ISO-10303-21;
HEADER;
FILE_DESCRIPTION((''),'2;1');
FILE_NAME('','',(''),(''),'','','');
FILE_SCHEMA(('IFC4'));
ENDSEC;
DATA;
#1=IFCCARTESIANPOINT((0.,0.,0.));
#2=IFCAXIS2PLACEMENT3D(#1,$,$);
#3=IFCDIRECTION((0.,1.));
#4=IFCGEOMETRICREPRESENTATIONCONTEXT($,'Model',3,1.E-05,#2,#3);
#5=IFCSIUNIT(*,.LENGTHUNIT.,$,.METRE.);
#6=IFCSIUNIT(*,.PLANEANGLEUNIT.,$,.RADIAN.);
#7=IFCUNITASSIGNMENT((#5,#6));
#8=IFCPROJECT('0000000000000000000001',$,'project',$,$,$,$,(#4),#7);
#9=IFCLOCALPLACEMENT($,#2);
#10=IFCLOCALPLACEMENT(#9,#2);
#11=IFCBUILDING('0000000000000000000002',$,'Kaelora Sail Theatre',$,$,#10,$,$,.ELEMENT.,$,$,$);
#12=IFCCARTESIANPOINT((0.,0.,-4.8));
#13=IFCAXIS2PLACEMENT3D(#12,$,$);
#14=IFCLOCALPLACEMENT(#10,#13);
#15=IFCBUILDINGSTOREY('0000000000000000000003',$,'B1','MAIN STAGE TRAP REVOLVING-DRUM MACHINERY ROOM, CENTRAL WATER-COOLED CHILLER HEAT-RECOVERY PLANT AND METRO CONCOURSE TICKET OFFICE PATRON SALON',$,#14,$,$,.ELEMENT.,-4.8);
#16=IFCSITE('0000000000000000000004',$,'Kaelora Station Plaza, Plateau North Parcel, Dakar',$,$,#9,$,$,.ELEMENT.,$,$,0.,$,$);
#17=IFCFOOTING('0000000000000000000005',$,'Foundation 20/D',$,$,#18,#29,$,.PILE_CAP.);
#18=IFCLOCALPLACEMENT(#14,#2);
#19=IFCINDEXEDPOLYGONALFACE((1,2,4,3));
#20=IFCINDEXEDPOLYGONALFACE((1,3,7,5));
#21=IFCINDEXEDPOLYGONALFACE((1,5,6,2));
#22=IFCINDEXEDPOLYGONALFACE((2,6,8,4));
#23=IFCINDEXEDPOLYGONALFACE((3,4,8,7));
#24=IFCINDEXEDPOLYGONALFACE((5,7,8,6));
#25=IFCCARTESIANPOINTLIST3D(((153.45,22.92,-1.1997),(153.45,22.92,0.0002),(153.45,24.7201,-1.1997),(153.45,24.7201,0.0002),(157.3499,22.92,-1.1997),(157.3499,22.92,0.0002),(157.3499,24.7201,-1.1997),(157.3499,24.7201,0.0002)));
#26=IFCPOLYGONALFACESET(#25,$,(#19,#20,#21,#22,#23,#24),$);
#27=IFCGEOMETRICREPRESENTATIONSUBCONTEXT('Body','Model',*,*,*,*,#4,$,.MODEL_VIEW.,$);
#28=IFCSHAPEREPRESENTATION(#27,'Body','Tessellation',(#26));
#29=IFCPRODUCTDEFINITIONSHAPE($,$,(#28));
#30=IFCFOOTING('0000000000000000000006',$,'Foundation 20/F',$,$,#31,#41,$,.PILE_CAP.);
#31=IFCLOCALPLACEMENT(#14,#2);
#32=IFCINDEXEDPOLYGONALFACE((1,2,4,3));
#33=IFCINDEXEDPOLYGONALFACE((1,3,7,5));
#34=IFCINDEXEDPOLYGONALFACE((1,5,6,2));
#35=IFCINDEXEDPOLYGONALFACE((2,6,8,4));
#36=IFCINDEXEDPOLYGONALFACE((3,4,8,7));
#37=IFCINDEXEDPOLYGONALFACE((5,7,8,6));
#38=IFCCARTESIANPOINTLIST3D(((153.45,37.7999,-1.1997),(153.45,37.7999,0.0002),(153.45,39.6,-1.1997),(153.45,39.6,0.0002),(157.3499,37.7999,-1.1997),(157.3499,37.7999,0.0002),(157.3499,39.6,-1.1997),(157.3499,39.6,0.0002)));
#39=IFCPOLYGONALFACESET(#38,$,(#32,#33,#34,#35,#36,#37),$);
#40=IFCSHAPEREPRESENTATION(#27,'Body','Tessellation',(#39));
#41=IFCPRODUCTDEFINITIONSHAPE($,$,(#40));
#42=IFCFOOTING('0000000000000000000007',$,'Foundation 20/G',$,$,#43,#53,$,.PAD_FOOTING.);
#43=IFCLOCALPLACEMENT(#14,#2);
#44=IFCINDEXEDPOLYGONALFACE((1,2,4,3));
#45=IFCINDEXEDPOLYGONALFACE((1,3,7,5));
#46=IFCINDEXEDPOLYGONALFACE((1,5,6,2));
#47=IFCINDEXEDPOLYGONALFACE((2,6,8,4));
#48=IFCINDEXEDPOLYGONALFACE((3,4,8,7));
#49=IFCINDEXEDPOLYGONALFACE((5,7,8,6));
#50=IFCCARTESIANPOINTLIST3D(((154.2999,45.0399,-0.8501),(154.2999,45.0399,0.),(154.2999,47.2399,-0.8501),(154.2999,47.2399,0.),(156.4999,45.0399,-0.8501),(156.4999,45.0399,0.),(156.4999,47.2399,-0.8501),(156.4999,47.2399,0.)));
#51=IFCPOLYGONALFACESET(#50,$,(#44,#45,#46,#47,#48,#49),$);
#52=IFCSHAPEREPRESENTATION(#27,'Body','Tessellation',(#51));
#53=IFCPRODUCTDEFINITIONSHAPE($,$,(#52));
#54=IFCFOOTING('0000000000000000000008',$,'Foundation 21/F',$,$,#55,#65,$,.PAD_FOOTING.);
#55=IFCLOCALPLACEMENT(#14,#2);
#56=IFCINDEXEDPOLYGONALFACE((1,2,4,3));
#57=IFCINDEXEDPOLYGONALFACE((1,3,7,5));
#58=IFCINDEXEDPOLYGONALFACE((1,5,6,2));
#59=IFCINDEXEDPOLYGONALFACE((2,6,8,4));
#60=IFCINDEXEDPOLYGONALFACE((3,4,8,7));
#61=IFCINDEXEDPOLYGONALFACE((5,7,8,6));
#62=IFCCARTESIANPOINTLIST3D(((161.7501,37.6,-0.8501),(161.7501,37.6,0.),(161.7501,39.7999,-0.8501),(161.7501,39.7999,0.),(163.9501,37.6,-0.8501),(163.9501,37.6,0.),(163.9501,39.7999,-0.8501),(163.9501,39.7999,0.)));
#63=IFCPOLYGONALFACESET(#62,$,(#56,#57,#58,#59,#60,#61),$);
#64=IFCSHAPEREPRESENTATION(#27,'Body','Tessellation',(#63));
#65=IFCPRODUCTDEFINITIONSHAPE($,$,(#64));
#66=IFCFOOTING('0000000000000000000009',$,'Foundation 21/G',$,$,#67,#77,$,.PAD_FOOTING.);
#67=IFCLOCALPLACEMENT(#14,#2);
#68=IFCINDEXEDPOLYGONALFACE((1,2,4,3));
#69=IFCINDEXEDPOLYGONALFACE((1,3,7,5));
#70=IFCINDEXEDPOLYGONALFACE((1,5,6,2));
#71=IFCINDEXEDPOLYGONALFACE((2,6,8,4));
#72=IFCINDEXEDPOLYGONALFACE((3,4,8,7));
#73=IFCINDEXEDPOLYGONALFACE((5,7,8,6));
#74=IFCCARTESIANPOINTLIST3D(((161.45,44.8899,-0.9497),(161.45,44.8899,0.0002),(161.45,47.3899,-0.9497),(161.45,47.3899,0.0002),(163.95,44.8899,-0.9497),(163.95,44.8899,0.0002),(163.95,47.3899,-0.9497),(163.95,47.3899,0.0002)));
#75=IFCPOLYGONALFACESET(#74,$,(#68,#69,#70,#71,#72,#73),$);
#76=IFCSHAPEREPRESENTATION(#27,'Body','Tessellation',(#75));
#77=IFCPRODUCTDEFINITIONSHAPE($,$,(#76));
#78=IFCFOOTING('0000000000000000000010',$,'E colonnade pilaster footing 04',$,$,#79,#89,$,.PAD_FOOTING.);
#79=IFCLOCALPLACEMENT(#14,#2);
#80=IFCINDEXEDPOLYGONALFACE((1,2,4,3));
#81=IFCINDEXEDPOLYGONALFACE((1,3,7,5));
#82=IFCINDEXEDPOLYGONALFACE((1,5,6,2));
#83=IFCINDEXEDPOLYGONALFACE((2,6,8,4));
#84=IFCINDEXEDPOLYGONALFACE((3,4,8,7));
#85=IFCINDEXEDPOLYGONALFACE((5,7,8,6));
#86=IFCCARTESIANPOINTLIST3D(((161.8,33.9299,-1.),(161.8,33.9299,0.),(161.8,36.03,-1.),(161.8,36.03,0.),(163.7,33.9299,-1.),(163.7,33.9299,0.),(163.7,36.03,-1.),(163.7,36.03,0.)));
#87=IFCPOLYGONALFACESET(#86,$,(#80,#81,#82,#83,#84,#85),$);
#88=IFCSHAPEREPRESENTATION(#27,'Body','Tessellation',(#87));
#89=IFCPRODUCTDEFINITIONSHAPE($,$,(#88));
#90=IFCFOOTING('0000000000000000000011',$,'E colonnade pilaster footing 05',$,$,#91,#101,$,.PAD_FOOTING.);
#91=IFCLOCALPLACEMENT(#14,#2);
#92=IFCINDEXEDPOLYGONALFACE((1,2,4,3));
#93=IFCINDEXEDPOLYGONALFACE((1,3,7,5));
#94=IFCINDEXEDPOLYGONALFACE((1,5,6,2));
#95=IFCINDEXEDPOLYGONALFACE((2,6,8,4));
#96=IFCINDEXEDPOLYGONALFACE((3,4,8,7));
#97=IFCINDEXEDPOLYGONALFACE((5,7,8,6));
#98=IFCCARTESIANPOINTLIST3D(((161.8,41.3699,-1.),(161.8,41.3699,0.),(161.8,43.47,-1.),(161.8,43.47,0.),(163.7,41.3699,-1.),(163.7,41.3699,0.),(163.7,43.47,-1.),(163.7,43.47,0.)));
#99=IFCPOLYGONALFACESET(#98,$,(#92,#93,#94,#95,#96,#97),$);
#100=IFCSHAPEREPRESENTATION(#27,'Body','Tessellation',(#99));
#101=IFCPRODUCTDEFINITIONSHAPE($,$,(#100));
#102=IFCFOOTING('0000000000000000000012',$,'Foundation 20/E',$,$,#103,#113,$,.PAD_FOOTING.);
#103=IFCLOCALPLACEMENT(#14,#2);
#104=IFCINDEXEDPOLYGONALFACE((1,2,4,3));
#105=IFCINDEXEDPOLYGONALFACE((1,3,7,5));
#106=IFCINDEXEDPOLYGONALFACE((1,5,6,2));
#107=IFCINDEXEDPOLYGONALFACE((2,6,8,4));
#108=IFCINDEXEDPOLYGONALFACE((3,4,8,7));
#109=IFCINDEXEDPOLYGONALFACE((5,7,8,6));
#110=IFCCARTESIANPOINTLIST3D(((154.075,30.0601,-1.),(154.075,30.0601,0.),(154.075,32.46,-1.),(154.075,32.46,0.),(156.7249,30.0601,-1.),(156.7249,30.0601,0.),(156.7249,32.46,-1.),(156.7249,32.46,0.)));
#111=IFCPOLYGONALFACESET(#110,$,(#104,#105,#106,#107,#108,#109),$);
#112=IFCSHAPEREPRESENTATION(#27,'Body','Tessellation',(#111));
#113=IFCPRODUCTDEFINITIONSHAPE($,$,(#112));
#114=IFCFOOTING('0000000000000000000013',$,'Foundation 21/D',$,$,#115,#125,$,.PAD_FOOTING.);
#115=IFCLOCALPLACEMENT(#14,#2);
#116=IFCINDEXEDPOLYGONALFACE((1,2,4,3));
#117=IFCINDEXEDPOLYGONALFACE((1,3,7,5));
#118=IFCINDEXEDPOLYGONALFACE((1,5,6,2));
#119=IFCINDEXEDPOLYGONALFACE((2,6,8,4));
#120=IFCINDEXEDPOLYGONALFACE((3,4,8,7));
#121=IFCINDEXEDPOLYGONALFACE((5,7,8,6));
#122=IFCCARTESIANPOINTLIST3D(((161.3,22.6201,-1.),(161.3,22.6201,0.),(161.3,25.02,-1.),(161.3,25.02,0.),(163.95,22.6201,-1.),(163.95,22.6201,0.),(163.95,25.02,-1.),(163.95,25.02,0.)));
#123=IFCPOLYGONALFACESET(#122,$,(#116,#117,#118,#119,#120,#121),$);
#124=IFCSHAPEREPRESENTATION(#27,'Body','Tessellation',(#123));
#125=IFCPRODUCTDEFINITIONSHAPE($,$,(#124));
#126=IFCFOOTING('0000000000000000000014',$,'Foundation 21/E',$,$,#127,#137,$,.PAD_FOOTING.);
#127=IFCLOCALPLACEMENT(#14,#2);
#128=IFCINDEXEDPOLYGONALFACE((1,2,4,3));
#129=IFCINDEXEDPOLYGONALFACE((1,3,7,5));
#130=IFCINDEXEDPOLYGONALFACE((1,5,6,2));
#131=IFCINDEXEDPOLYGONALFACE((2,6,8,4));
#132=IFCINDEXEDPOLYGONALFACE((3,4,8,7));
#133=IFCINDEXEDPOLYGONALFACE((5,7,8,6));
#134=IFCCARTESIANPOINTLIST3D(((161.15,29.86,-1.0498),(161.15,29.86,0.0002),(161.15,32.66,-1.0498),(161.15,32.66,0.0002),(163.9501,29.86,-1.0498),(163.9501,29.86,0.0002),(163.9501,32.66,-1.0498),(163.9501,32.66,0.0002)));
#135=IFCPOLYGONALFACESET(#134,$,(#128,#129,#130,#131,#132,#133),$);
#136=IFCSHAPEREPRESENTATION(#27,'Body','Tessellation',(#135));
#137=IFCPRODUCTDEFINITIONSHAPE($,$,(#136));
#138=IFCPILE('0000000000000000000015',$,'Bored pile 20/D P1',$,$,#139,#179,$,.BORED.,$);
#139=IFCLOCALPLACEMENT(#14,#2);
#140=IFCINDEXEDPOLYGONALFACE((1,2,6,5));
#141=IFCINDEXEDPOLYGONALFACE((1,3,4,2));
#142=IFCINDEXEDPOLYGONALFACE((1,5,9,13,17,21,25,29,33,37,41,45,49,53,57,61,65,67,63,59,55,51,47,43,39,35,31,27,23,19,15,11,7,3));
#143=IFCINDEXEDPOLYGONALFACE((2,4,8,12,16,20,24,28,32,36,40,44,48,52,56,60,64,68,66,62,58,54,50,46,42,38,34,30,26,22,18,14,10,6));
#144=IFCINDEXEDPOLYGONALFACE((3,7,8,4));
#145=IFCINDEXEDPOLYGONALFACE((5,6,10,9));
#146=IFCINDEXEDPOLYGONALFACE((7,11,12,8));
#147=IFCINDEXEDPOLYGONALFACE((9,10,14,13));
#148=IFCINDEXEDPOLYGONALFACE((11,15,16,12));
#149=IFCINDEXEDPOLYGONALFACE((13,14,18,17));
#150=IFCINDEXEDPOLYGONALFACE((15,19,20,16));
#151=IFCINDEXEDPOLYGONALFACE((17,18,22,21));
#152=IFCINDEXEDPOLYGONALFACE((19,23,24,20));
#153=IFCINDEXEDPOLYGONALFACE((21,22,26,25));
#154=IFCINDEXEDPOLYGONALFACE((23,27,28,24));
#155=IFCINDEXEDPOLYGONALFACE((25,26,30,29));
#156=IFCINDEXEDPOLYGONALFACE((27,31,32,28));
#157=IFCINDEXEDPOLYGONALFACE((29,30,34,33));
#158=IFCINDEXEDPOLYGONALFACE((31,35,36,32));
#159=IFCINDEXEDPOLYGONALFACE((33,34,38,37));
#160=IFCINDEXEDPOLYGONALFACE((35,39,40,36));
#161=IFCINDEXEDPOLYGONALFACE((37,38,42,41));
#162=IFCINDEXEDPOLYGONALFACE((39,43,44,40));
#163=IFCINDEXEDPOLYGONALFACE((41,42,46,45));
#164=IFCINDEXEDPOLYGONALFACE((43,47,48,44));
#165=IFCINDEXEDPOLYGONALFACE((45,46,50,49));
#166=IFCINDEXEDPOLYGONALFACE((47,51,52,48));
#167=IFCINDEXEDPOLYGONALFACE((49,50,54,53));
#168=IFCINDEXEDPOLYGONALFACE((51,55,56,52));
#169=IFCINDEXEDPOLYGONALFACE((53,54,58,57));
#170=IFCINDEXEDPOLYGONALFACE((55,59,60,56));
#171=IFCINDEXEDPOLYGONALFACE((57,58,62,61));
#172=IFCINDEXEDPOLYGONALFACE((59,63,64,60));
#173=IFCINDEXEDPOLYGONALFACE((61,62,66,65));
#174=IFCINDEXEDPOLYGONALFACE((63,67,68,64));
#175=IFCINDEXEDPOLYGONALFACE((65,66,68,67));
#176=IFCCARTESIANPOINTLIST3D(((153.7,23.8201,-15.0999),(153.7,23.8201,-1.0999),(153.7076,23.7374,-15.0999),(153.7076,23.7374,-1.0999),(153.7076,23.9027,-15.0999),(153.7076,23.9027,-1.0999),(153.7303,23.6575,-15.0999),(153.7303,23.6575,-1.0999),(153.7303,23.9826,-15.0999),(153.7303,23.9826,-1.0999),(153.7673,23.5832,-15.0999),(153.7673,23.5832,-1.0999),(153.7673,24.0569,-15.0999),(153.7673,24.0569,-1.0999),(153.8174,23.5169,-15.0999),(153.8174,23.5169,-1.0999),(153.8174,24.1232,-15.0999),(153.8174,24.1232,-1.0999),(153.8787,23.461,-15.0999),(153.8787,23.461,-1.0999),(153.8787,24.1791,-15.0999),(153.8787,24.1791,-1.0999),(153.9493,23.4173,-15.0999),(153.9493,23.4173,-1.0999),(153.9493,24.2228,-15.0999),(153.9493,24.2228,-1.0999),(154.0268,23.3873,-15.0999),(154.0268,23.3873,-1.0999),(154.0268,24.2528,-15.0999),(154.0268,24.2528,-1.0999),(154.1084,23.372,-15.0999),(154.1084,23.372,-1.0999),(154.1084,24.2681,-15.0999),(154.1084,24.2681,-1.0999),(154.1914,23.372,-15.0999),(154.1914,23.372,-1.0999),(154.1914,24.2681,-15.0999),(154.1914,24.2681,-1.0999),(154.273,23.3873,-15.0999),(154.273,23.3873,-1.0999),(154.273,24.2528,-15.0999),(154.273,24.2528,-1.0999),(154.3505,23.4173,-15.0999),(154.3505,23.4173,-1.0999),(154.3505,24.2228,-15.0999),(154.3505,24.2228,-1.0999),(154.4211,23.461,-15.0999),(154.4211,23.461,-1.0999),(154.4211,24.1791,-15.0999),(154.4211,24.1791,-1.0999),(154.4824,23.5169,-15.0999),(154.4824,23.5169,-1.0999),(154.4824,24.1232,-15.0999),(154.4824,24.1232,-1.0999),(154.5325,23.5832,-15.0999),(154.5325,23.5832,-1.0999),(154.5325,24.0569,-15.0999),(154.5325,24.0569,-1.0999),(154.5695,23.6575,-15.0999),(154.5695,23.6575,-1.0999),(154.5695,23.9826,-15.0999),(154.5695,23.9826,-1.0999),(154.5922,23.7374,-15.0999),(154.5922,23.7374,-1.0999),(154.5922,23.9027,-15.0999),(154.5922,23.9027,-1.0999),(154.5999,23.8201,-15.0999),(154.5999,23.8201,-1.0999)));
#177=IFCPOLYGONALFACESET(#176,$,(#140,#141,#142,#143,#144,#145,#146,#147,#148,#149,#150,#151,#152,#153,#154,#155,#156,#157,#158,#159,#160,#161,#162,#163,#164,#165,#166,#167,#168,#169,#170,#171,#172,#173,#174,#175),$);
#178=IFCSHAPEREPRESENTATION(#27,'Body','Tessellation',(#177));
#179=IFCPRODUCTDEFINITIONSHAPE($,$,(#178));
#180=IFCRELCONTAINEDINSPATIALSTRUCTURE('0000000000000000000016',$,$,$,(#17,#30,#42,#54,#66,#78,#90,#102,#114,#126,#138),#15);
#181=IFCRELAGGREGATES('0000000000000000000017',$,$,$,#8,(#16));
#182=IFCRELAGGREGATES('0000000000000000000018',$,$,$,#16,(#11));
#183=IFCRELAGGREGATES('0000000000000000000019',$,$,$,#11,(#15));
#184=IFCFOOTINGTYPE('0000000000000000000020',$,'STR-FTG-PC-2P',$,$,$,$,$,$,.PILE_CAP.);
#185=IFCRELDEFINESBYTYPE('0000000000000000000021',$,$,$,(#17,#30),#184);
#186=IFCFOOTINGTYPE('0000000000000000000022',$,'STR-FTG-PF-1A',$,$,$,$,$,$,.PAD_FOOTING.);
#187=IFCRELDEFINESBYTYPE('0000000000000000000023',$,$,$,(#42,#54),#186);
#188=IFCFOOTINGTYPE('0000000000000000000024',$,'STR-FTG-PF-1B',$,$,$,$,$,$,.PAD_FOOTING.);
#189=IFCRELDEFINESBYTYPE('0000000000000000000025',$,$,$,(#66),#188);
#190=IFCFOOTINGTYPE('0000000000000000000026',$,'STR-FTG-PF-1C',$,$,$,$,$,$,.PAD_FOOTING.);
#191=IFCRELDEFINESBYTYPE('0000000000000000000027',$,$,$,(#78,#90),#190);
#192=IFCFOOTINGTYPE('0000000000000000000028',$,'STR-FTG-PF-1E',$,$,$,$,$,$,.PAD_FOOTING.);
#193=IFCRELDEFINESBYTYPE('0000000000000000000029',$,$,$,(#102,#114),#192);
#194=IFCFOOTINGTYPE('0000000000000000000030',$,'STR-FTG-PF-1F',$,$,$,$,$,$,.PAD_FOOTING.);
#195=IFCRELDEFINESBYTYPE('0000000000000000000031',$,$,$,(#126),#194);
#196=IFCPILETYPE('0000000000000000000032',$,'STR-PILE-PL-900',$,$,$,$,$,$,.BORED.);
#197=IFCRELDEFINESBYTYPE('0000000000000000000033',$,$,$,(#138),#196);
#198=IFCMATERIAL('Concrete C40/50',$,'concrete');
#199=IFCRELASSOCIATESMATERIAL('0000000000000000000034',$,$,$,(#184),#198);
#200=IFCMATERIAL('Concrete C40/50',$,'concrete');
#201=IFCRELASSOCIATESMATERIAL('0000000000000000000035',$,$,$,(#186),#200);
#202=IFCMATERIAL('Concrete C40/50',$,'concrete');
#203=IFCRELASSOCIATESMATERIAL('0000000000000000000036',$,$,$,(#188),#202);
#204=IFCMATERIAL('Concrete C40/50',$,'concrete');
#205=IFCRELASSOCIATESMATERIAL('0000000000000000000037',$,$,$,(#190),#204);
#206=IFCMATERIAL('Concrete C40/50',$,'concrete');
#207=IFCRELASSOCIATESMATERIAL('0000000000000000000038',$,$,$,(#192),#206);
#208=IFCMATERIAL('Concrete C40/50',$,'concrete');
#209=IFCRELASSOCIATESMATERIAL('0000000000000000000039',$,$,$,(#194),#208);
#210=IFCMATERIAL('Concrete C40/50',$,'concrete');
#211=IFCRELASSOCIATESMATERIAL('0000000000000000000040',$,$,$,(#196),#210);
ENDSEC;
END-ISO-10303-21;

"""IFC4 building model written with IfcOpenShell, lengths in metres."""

from ifc_helpers import new_model, si_unit, direction, frame, origin, origin_2d, place, context, subcontext, project, spatial, rectangle, circle, extrude, material, material_profile, profile_set, type_object, element, save


model = new_model("IFC4")

# Units and contexts
model_context = context("Model", 3, precision=1e-05, world=origin(), true_north=direction((0.0, 1.0)))
body_context = subcontext(model_context, "Body", "Model", "MODEL_VIEW")
ifc_project = project(units=[si_unit("LENGTHUNIT", "METRE"), si_unit("PLANEANGLEUNIT", "RADIAN")], contexts=[model_context])

# Site, building, storey
site_placement = place(None, origin())
site = spatial("IfcSite", under=ifc_project, at=site_placement, Name="Kaelora Station Plaza, Plateau North Parcel, Dakar", CompositionType="ELEMENT", RefElevation=0.0)
building_placement = place(site_placement, origin())
building = spatial("IfcBuilding", under=site, at=building_placement, Name="Kaelora Sail Theatre", CompositionType="ELEMENT")
storey_placement = place(building_placement, frame((0.0, 0.0, -4.8)))
storey = spatial("IfcBuildingStorey", under=building, at=storey_placement, Name="B1", Description="MAIN STAGE TRAP REVOLVING-DRUM MACHINERY ROOM, CENTRAL WATER-COOLED CHILLER HEAT-RECOVERY PLANT AND METRO CONCOURSE TICKET OFFICE PATRON SALON", CompositionType="ELEMENT", Elevation=-4.8)

# Footings
ifc_material_1 = material(Name="Concrete C40/50", Category="concrete")
footing_type_1 = type_object("IfcFootingType", Name="STR-FTG-PC-2P", PredefinedType="PILE_CAP", material=ifc_material_1)
for number, where, z_axis, x_axis, name in (
    (1, (155.3999, 23.8201, -1.1997), (0.0, 0.0, 1.0), (1.0, 0.0, 0.0), "Foundation 20/D"),
    (2, (155.3999, 38.7, -1.1997), (0.0, 0.0, 1.0), (1.0, 0.0, 0.0), "Foundation 20/F"),
):
    element("IfcFooting", number, at=place(storey_placement, frame(where, z_axis=z_axis, x_axis=x_axis)), inside=storey, type_object=footing_type_1, Name=name, PredefinedType="PILE_CAP", context=body_context, shape_type="SweptSolid", body=[
        extrude(rectangle(XDim=3.8999, YDim=1.8, at=origin_2d()), origin(), (0.0, 0.0, 1.0), 1.2),
    ])
ifc_material_2 = material(Name="Concrete C40/50", Category="concrete")
footing_type_2 = type_object("IfcFootingType", Name="STR-FTG-PF-1A", PredefinedType="PAD_FOOTING", material=ifc_material_2)
for number, where, z_axis, x_axis, name in (
    (3, (155.3999, 46.1399, -0.8501), (0.0, 0.0, 1.0), (1.0, 0.0, 0.0), "Foundation 20/G"),
    (4, (162.8501, 38.7, -0.8501), (0.0, 0.0, 1.0), (1.0, 0.0, 0.0), "Foundation 21/F"),
):
    element("IfcFooting", number, at=place(storey_placement, frame(where, z_axis=z_axis, x_axis=x_axis)), inside=storey, type_object=footing_type_2, Name=name, PredefinedType="PAD_FOOTING", context=body_context, shape_type="SweptSolid", body=[
        extrude(rectangle(XDim=2.2, YDim=2.2, at=origin_2d()), origin(), (0.0, 0.0, 1.0), 0.8501),
    ])
ifc_material_3 = material(Name="Concrete C40/50", Category="concrete")
footing_type_3 = type_object("IfcFootingType", Name="STR-FTG-PF-1B", PredefinedType="PAD_FOOTING", material=ifc_material_3)
footing_1_placement = place(storey_placement, frame((162.7, 46.1399, -0.9497), z_axis=(0.0, 0.0, 1.0), x_axis=(1.0, 0.0, 0.0)))
element("IfcFooting", 5, at=footing_1_placement, inside=storey, type_object=footing_type_3, Name="Foundation 21/G", PredefinedType="PAD_FOOTING", context=body_context, shape_type="SweptSolid", body=[
    extrude(rectangle(XDim=2.5, YDim=2.5, at=origin_2d()), origin(), (0.0, 0.0, 1.0), 0.95),
])
ifc_material_4 = material(Name="Concrete C40/50", Category="concrete")
footing_type_4 = type_object("IfcFootingType", Name="STR-FTG-PF-1C", PredefinedType="PAD_FOOTING", material=ifc_material_4)
for number, where, z_axis, x_axis, name in (
    (6, (162.75, 34.98, -1.0), (0.0, 0.0, 1.0), (1.0, 0.0, 0.0), "E colonnade pilaster footing 04"),
    (7, (162.75, 42.4199, -1.0), (0.0, 0.0, 1.0), (1.0, 0.0, 0.0), "E colonnade pilaster footing 05"),
):
    element("IfcFooting", number, at=place(storey_placement, frame(where, z_axis=z_axis, x_axis=x_axis)), inside=storey, type_object=footing_type_4, Name=name, PredefinedType="PAD_FOOTING", context=body_context, shape_type="SweptSolid", body=[
        extrude(rectangle(XDim=1.8999, YDim=2.1001, at=origin_2d()), origin(), (0.0, 0.0, 1.0), 1.0),
    ])
ifc_material_5 = material(Name="Concrete C40/50", Category="concrete")
footing_type_5 = type_object("IfcFootingType", Name="STR-FTG-PF-1E", PredefinedType="PAD_FOOTING", material=ifc_material_5)
for number, where, z_axis, x_axis, name in (
    (8, (155.3999, 31.26, -1.0), (0.0, 0.0, 1.0), (1.0, 0.0, 0.0), "Foundation 20/E"),
    (9, (162.625, 23.8201, -1.0), (0.0, 0.0, 1.0), (1.0, 0.0, 0.0), "Foundation 21/D"),
):
    element("IfcFooting", number, at=place(storey_placement, frame(where, z_axis=z_axis, x_axis=x_axis)), inside=storey, type_object=footing_type_5, Name=name, PredefinedType="PAD_FOOTING", context=body_context, shape_type="SweptSolid", body=[
        extrude(rectangle(XDim=2.6499, YDim=2.3999, at=origin_2d()), origin(), (0.0, 0.0, 1.0), 1.0),
    ])
ifc_material_6 = material(Name="Concrete C40/50", Category="concrete")
footing_type_6 = type_object("IfcFootingType", Name="STR-FTG-PF-1F", PredefinedType="PAD_FOOTING", material=ifc_material_6)
footing_2_placement = place(storey_placement, frame((162.55, 31.26, -1.0498), z_axis=(0.0, 0.0, 1.0), x_axis=(1.0, 0.0, 0.0)))
element("IfcFooting", 10, at=footing_2_placement, inside=storey, type_object=footing_type_6, Name="Foundation 21/E", PredefinedType="PAD_FOOTING", context=body_context, shape_type="SweptSolid", body=[
    extrude(rectangle(XDim=2.8, YDim=2.8, at=origin_2d()), origin(), (0.0, 0.0, 1.0), 1.05),
])

# Pile
ifc_material_7 = material(Name="Concrete C40/50", Category="concrete")
ifc_material_profile_1 = material_profile(ifc_material_7, circle(Radius=0.45, at=origin_2d()), Name="PILE D900")
ifc_profile_set_1 = profile_set([ifc_material_profile_1], Name="Concrete C40/50")
pile_type = type_object("IfcPileType", Name="STR-PILE-PL-900", PredefinedType="BORED", material=ifc_profile_set_1)
for number, where, z_axis, x_axis, name in (
    (11, (154.1499, 23.8201, -1.0999), (0.0, 0.0, -1.0), (1.0, 0.0, 0.0), "Bored pile 20/D P1"),
):
    element("IfcPile", number, at=place(storey_placement, frame(where, z_axis=z_axis, x_axis=x_axis)), inside=storey, type_object=pile_type, Name=name, PredefinedType="BORED", context=body_context, shape_type="SweptSolid", body=[
        extrude(circle(Radius=0.45, at=origin_2d()), origin(), (0.0, 0.0, 1.0), 14.0),
    ])

save(model, "model.ifc")
